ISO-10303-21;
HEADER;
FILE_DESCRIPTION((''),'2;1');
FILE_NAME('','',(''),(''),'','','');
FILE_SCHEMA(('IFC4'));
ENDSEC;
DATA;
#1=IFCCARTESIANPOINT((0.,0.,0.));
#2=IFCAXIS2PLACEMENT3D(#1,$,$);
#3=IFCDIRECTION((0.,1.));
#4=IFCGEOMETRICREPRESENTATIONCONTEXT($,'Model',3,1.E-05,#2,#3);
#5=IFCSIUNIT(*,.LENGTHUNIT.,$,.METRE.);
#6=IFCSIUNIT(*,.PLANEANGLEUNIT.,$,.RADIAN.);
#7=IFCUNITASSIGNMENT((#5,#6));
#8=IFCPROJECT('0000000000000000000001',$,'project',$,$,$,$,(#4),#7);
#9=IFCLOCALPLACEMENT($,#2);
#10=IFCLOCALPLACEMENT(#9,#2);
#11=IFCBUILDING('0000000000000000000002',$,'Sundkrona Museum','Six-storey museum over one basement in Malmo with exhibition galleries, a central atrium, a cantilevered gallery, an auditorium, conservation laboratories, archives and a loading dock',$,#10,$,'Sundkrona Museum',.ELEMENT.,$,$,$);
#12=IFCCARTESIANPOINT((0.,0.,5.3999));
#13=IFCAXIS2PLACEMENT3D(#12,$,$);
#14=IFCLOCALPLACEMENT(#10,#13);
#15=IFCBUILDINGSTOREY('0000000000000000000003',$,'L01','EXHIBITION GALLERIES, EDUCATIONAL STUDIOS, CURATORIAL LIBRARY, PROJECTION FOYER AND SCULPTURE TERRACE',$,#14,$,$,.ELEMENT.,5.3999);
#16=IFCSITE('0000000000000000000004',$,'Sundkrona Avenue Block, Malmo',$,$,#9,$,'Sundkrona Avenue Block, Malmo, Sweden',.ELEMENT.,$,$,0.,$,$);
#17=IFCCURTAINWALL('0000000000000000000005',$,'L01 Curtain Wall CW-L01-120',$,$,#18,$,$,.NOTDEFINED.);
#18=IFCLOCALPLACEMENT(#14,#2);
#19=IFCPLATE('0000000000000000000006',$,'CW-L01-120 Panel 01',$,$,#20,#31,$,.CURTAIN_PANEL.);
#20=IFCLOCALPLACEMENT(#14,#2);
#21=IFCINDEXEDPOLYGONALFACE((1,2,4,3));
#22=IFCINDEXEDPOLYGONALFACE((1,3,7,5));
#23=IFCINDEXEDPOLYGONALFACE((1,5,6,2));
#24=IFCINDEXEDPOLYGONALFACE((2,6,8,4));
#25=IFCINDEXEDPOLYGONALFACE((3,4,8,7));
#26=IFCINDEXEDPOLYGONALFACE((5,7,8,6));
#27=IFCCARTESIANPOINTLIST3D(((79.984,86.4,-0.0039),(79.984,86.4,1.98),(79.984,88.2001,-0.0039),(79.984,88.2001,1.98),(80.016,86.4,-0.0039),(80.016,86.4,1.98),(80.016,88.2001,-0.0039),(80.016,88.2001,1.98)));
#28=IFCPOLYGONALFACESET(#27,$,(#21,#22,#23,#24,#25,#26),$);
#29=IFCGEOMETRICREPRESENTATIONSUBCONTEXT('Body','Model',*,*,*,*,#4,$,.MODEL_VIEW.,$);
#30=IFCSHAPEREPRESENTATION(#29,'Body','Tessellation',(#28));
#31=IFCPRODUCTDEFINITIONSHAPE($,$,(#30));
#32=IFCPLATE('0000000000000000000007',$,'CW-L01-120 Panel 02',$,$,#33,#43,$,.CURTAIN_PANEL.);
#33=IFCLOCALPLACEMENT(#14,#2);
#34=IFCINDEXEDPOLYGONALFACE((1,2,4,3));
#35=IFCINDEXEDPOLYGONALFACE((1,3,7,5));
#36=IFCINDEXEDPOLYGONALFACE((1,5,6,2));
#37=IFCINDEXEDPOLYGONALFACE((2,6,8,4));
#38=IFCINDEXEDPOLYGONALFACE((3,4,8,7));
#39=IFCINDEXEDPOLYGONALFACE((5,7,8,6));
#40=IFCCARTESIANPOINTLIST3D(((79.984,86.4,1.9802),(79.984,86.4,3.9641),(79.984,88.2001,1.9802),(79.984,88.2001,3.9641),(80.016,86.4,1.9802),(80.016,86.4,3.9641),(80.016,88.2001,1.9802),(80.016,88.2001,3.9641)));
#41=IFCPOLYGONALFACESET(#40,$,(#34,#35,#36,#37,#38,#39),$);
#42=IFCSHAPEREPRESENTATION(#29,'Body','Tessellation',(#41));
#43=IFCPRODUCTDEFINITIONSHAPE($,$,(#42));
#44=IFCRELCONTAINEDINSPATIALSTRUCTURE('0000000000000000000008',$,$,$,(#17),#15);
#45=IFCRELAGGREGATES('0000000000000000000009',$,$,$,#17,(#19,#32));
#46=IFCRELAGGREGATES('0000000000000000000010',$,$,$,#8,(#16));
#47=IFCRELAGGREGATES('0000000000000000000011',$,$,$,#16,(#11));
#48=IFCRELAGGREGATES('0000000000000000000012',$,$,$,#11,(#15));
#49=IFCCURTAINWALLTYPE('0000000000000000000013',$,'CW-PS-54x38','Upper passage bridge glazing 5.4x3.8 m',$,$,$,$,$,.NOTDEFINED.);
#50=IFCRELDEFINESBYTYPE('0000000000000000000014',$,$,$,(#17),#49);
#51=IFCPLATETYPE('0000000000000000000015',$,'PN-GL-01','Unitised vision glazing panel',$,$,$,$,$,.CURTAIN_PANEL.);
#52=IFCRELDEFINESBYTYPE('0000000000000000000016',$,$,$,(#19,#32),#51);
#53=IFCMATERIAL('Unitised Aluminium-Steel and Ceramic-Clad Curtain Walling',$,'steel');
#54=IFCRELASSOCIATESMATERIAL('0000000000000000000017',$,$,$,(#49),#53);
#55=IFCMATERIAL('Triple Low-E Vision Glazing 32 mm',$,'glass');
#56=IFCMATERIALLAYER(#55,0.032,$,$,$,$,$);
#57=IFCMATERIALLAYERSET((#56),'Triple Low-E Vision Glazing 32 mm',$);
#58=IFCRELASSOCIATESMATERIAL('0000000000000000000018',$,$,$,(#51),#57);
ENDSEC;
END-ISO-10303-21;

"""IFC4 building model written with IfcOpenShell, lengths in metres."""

from ifc_helpers import new_model, si_unit, direction, frame, origin, origin_2d, place, context, subcontext, project, spatial, rectangle, extrude, material, layer, layer_set, type_object, element, aggregate, save


model = new_model("IFC4")

# Units and contexts
model_context = context("Model", 3, precision=1e-05, world=origin(), true_north=direction((0.0, 1.0)))
body_context = subcontext(model_context, "Body", "Model", "MODEL_VIEW")
ifc_project = project(units=[si_unit("LENGTHUNIT", "METRE"), si_unit("PLANEANGLEUNIT", "RADIAN")], contexts=[model_context])

# Site, building, storey
site_placement = place(None, origin())
site = spatial("IfcSite", under=ifc_project, at=site_placement, Name="Sundkrona Avenue Block, Malmo", LongName="Sundkrona Avenue Block, Malmo, Sweden", CompositionType="ELEMENT", RefElevation=0.0)
building_placement = place(site_placement, origin())
building = spatial("IfcBuilding", under=site, at=building_placement, Name="Sundkrona Museum", Description="Six-storey museum over one basement in Malmo with exhibition galleries, a central atrium, a cantilevered gallery, an auditorium, conservation laboratories, archives and a loading dock", LongName="Sundkrona Museum", CompositionType="ELEMENT")
storey_placement = place(building_placement, frame((0.0, 0.0, 5.3999)))
storey = spatial("IfcBuildingStorey", under=building, at=storey_placement, Name="L01", Description="EXHIBITION GALLERIES, EDUCATIONAL STUDIOS, CURATORIAL LIBRARY, PROJECTION FOYER AND SCULPTURE TERRACE", CompositionType="ELEMENT", Elevation=5.3999)

# Shared definitions
ifc_material_1 = material(Name="Unitised Aluminium-Steel and Ceramic-Clad Curtain Walling", Category="steel")
curtain_wall_type = type_object("IfcCurtainWallType", Name="CW-PS-54x38", Description="Upper passage bridge glazing 5.4x3.8 m", PredefinedType="NOTDEFINED", material=ifc_material_1)

# Curtain wall
curtain_wall_1_placement = place(storey_placement, origin())
curtain_wall_1 = element("IfcCurtainWall", 1, at=curtain_wall_1_placement, inside=storey, type_object=curtain_wall_type, Name="L01 Curtain Wall CW-L01-120", PredefinedType="NOTDEFINED")

# Plates
ifc_material_2 = material(Name="Triple Low-E Vision Glazing 32 mm", Category="glass")
ifc_layer = layer(ifc_material_2, 0.032)
ifc_layer_set = layer_set([ifc_layer], Name="Triple Low-E Vision Glazing 32 mm")
plate_type = type_object("IfcPlateType", Name="PN-GL-01", Description="Unitised vision glazing panel", PredefinedType="CURTAIN_PANEL", material=ifc_layer_set)
plate_1_placement = place(storey_placement, frame((80.0, 87.3, -0.0039), z_axis=(0.0, 0.0, 1.0), x_axis=(0.0, 1.0, 0.0)))
plate_1 = element("IfcPlate", 2, at=plate_1_placement, type_object=plate_type, Name="CW-L01-120 Panel 01", PredefinedType="CURTAIN_PANEL", context=body_context, shape_type="SweptSolid", body=[
    extrude(rectangle(XDim=1.8, YDim=0.032, at=origin_2d()), origin(), (0.0, 0.0, 1.0), 1.9839),
])
plate_2_placement = place(storey_placement, frame((80.0, 87.3, 1.9802), z_axis=(0.0, 0.0, 1.0), x_axis=(0.0, 1.0, 0.0)))
plate_2 = element("IfcPlate", 3, at=plate_2_placement, type_object=plate_type, Name="CW-L01-120 Panel 02", PredefinedType="CURTAIN_PANEL", context=body_context, shape_type="SweptSolid", body=[
    extrude(rectangle(XDim=1.8, YDim=0.032, at=origin_2d()), origin(), (0.0, 0.0, 1.0), 1.9839),
])
aggregate(curtain_wall_1, [plate_1, plate_2])

save(model, "model.ifc")
